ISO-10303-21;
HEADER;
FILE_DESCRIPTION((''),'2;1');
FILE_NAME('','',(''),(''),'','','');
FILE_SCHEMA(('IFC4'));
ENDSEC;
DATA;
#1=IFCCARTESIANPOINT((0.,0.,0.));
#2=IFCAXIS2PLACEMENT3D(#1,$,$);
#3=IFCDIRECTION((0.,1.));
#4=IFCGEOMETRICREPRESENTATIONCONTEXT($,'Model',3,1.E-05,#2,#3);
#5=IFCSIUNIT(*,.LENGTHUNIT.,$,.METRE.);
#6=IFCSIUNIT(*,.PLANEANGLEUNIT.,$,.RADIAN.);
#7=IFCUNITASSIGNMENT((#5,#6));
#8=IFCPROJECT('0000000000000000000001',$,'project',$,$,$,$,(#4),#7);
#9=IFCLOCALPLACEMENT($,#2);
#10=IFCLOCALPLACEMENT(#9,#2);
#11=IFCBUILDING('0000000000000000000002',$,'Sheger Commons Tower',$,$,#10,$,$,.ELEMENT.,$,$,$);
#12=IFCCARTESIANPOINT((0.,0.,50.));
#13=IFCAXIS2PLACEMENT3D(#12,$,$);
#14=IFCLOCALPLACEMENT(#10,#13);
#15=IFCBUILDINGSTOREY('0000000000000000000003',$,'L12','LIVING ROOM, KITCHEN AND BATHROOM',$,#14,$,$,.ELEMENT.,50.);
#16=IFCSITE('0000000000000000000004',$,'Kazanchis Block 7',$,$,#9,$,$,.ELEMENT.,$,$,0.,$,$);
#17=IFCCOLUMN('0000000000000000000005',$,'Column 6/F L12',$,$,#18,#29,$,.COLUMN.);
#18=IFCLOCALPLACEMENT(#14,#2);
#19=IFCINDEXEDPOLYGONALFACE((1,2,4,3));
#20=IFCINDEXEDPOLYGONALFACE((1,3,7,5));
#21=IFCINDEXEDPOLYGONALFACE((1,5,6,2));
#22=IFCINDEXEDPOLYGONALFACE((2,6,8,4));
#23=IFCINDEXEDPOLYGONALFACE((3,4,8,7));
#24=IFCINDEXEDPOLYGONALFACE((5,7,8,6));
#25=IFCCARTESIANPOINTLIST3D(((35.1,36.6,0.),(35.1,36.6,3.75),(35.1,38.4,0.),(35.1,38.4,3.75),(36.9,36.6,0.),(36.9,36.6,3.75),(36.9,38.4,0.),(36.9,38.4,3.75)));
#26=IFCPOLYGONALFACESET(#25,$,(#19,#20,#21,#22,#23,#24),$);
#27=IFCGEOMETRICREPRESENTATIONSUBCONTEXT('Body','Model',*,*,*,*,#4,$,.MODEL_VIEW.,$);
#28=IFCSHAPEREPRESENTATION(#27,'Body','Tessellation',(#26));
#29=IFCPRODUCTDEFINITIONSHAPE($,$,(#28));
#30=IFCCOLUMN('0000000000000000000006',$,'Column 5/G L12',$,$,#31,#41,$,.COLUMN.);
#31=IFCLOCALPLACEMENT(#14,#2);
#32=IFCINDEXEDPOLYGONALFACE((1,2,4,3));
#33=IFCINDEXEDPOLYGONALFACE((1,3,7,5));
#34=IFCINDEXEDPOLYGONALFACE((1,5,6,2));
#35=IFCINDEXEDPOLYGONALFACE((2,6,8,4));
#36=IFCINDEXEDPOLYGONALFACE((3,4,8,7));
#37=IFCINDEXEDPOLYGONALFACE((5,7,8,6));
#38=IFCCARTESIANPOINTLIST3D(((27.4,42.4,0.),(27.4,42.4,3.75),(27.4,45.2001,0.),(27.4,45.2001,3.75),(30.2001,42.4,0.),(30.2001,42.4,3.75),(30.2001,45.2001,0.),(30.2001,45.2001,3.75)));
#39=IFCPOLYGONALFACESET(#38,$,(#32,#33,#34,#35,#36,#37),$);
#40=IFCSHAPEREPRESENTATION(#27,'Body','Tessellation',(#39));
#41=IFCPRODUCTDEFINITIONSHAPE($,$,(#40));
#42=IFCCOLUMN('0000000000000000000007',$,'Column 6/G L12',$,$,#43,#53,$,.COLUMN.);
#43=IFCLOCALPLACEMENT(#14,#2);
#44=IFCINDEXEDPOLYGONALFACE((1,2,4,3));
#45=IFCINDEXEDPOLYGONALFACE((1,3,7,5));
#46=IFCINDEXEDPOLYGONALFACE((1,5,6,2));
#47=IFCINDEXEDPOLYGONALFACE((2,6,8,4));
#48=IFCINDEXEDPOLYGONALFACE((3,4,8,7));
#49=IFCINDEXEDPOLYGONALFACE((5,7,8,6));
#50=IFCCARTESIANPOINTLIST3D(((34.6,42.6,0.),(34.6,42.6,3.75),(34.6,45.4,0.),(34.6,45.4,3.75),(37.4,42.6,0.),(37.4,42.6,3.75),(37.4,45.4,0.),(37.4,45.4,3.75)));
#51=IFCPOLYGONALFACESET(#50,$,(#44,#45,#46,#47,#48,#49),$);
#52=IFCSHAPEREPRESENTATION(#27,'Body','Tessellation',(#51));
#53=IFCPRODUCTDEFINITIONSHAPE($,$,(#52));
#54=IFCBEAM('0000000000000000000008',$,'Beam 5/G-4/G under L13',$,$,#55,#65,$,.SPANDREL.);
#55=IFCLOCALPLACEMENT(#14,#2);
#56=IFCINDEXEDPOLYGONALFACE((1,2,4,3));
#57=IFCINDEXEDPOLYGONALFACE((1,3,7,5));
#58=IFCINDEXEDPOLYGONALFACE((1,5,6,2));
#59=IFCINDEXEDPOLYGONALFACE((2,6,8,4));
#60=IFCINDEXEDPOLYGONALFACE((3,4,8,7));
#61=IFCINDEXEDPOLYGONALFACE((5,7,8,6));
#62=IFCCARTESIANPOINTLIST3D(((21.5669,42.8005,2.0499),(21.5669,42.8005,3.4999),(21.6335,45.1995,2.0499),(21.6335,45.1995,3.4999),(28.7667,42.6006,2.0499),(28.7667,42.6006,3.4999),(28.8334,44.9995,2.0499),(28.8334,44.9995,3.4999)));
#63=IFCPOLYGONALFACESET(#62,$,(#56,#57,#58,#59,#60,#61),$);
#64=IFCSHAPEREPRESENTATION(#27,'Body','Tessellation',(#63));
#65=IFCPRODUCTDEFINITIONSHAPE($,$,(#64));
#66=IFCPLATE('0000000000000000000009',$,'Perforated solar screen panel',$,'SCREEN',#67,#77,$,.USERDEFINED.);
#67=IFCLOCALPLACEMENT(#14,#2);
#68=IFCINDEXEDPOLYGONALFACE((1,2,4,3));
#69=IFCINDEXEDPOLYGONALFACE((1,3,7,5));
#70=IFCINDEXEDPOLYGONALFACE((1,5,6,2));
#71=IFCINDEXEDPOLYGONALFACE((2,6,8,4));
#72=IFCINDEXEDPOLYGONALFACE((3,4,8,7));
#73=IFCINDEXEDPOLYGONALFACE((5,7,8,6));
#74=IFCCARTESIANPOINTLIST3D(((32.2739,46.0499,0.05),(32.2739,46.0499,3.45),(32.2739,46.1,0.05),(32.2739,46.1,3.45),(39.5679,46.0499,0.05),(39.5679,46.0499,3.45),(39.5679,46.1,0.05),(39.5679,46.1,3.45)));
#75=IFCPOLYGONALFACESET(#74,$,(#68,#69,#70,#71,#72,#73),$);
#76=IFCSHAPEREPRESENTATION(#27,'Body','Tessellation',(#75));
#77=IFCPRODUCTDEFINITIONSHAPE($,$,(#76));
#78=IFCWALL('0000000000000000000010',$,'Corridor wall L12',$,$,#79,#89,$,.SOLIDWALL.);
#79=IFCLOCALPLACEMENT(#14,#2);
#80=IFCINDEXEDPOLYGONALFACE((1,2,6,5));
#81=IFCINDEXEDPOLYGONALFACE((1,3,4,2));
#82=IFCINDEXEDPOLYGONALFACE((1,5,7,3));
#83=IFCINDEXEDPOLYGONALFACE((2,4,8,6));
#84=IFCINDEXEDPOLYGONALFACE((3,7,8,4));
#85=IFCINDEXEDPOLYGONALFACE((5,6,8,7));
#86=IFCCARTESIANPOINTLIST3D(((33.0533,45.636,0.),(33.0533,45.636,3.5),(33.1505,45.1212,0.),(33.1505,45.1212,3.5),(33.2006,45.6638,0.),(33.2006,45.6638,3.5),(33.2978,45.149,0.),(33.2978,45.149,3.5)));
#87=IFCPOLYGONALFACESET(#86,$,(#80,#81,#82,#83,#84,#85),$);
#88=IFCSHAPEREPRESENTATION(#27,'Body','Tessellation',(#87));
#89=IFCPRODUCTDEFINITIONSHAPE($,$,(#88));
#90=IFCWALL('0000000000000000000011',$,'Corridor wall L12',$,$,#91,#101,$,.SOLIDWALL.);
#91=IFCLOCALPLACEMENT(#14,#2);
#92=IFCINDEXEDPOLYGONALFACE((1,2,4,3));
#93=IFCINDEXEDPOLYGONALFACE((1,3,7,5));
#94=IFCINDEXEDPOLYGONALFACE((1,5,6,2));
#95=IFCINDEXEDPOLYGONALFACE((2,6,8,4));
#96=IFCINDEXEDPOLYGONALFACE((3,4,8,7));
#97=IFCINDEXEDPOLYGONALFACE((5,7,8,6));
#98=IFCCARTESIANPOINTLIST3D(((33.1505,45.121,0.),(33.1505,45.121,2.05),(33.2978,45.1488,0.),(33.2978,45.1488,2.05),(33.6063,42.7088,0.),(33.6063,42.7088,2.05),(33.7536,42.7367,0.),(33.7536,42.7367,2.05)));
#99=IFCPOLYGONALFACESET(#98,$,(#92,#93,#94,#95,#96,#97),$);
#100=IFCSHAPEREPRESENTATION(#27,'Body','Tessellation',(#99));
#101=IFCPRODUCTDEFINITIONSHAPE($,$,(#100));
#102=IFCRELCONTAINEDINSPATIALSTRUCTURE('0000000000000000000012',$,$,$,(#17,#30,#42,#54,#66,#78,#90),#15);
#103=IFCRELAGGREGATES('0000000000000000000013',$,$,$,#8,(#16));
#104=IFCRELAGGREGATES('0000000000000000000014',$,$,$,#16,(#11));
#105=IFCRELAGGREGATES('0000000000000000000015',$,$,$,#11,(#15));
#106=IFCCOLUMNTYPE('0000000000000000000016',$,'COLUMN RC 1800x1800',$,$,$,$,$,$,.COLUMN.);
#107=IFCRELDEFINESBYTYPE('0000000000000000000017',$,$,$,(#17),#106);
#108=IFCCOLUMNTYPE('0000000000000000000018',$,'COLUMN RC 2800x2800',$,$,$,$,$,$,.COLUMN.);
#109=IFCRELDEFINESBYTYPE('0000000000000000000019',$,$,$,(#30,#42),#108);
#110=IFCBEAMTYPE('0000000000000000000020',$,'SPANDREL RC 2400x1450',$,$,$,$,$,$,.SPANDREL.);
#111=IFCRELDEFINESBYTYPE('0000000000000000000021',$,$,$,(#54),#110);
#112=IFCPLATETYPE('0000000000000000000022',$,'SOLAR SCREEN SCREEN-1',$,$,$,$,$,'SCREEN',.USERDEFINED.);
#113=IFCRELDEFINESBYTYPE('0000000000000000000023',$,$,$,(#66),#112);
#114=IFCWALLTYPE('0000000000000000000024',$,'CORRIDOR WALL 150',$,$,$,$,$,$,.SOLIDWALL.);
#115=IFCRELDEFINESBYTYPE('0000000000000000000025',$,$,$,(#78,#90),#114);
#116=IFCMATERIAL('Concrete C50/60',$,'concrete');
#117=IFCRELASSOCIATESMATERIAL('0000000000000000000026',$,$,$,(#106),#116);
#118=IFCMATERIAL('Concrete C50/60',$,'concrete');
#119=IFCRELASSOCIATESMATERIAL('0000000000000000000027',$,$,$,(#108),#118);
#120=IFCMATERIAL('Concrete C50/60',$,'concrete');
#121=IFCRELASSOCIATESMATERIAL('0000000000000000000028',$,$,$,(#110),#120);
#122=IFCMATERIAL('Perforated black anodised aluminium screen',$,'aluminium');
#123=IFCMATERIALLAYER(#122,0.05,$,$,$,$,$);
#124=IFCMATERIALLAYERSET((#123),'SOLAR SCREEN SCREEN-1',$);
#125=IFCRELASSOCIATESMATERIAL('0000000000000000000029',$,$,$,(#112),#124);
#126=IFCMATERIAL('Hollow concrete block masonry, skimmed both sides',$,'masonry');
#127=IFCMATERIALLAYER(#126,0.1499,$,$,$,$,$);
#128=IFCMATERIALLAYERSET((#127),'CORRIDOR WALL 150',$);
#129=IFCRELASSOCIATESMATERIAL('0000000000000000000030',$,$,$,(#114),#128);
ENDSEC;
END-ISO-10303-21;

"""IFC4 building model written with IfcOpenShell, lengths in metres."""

from ifc_helpers import new_model, si_unit, direction, frame, frame_2d, origin, origin_2d, place, context, subcontext, project, spatial, rectangle, extrude, material, layer, layer_set, material_profile, profile_set, type_object, element, save


model = new_model("IFC4")

# Units and contexts
model_context = context("Model", 3, precision=1e-05, world=origin(), true_north=direction((0.0, 1.0)))
body_context = subcontext(model_context, "Body", "Model", "MODEL_VIEW")
ifc_project = project(units=[si_unit("LENGTHUNIT", "METRE"), si_unit("PLANEANGLEUNIT", "RADIAN")], contexts=[model_context])

# Site, building, storey
site_placement = place(None, origin())
site = spatial("IfcSite", under=ifc_project, at=site_placement, Name="Kazanchis Block 7", CompositionType="ELEMENT", RefElevation=0.0)
building_placement = place(site_placement, origin())
building = spatial("IfcBuilding", under=site, at=building_placement, Name="Sheger Commons Tower", CompositionType="ELEMENT")
storey_placement = place(building_placement, frame((0.0, 0.0, 50.0)))
storey = spatial("IfcBuildingStorey", under=building, at=storey_placement, Name="L12", Description="LIVING ROOM, KITCHEN AND BATHROOM", CompositionType="ELEMENT", Elevation=50.0)

# Columns
ifc_material_1 = material(Name="Concrete C50/60", Category="concrete")
ifc_material_profile_1 = material_profile(ifc_material_1, rectangle(XDim=1.8, YDim=1.8, at=origin_2d()), Name="RC 1800x1800")
ifc_profile_set_1 = profile_set([ifc_material_profile_1], Name="Concrete C50/60")
column_type_1 = type_object("IfcColumnType", Name="COLUMN RC 1800x1800", PredefinedType="COLUMN", material=ifc_profile_set_1)
column_placement = place(storey_placement, frame((36.0, 37.5, 0.0), z_axis=(0.0, 0.0, 1.0), x_axis=(1.0, 0.0, 0.0)))
element("IfcColumn", 1, at=column_placement, inside=storey, type_object=column_type_1, Name="Column 6/F L12", PredefinedType="COLUMN", context=body_context, shape_type="SweptSolid", body=[
    extrude(rectangle(XDim=1.8, YDim=1.8, at=origin_2d()), origin(), (0.0, 0.0, 1.0), 3.75),
])
ifc_material_2 = material(Name="Concrete C50/60", Category="concrete")
ifc_material_profile_2 = material_profile(ifc_material_2, rectangle(XDim=2.8, YDim=2.8, at=origin_2d()), Name="RC 2800x2800")
ifc_profile_set_2 = profile_set([ifc_material_profile_2], Name="Concrete C50/60")
column_type_2 = type_object("IfcColumnType", Name="COLUMN RC 2800x2800", PredefinedType="COLUMN", material=ifc_profile_set_2)
for number, where, z_axis, x_axis, name in (
    (2, (28.8, 43.8, 0.0), (0.0, 0.0, 1.0), (1.0, 0.0, 0.0), "Column 5/G L12"),
    (3, (36.0, 44.0, 0.0), (0.0, 0.0, 1.0), (1.0, 0.0, 0.0), "Column 6/G L12"),
):
    element("IfcColumn", number, at=place(storey_placement, frame(where, z_axis=z_axis, x_axis=x_axis)), inside=storey, type_object=column_type_2, Name=name, PredefinedType="COLUMN", context=body_context, shape_type="SweptSolid", body=[
        extrude(rectangle(XDim=2.8, YDim=2.8, at=origin_2d()), origin(), (0.0, 0.0, 1.0), 3.75),
    ])

# Beam
ifc_material_3 = material(Name="Concrete C50/60", Category="concrete")
ifc_material_profile_3 = material_profile(ifc_material_3, rectangle(XDim=2.3999, YDim=1.45, at=origin_2d()), Name="RC 2400x1450")
ifc_profile_set_3 = profile_set([ifc_material_profile_3], Name="Concrete C50/60")
beam_type = type_object("IfcBeamType", Name="SPANDREL RC 2400x1450", PredefinedType="SPANDREL", material=ifc_profile_set_3)
beam_placement = place(storey_placement, frame((28.8, 43.8, 2.7749), z_axis=(-0.999615, 0.02776, 0.0), x_axis=(-0.02776, -0.999615, 0.0)))
element("IfcBeam", 4, at=beam_placement, inside=storey, type_object=beam_type, Name="Beam 5/G-4/G under L13", PredefinedType="SPANDREL", context=body_context, shape_type="SweptSolid", body=[
    extrude(rectangle(XDim=2.3999, YDim=1.45, at=origin_2d()), origin(), (0.0, 0.0, 1.0), 7.2026),
])

# Plate
ifc_material_4 = material(Name="Perforated black anodised aluminium screen", Category="aluminium")
ifc_layer_1 = layer(ifc_material_4, 0.05)
ifc_layer_set_1 = layer_set([ifc_layer_1], Name="SOLAR SCREEN SCREEN-1")
plate_type = type_object("IfcPlateType", Name="SOLAR SCREEN SCREEN-1", ElementType="SCREEN", PredefinedType="USERDEFINED", material=ifc_layer_set_1)
plate_placement = place(storey_placement, frame((35.9209, 46.075, 0.05), z_axis=(0.0, 0.0, 1.0), x_axis=(-1.0, 0.0, 0.0)))
element("IfcPlate", 5, at=plate_placement, inside=storey, type_object=plate_type, Name="Perforated solar screen panel", ObjectType="SCREEN", PredefinedType="USERDEFINED", context=body_context, shape_type="SweptSolid", body=[
    extrude(rectangle(XDim=7.2939, YDim=0.05, at=origin_2d()), origin(), (0.0, 0.0, 1.0), 3.3999),
])

# Walls
ifc_material_5 = material(Name="Hollow concrete block masonry, skimmed both sides", Category="masonry")
ifc_layer_2 = layer(ifc_material_5, 0.1499)
ifc_layer_set_2 = layer_set([ifc_layer_2], Name="CORRIDOR WALL 150")
wall_type_1 = type_object("IfcWallType", Name="CORRIDOR WALL 150", PredefinedType="SOLIDWALL", material=ifc_layer_set_2)
wall_1_placement = place(storey_placement, frame((33.127, 45.6499, 0.0), z_axis=(0.0, 0.0, 1.0), x_axis=(0.185442, -0.982655, 0.0)))
element("IfcWall", 6, at=wall_1_placement, inside=storey, type_object=wall_type_1, Name="Corridor wall L12", PredefinedType="SOLIDWALL", context=body_context, shape_type="SweptSolid", body=[
    extrude(rectangle(XDim=0.5239, YDim=0.1499, at=frame_2d((0.262, 0.0))), origin(), (0.0, 0.0, 1.0), 3.5),
])
wall_2_placement = place(storey_placement, frame((33.2241, 45.135, 0.0), z_axis=(0.0, 0.0, 1.0), x_axis=(0.185681, -0.98261, 0.0)))
element("IfcWall", 7, at=wall_2_placement, inside=storey, type_object=wall_type_1, Name="Corridor wall L12", PredefinedType="SOLIDWALL", context=body_context, shape_type="SweptSolid", body=[
    extrude(rectangle(XDim=2.4548, YDim=0.1499, at=frame_2d((1.2275, 0.0))), origin(), (0.0, 0.0, 1.0), 2.05),
])

save(model, "model.ifc")
